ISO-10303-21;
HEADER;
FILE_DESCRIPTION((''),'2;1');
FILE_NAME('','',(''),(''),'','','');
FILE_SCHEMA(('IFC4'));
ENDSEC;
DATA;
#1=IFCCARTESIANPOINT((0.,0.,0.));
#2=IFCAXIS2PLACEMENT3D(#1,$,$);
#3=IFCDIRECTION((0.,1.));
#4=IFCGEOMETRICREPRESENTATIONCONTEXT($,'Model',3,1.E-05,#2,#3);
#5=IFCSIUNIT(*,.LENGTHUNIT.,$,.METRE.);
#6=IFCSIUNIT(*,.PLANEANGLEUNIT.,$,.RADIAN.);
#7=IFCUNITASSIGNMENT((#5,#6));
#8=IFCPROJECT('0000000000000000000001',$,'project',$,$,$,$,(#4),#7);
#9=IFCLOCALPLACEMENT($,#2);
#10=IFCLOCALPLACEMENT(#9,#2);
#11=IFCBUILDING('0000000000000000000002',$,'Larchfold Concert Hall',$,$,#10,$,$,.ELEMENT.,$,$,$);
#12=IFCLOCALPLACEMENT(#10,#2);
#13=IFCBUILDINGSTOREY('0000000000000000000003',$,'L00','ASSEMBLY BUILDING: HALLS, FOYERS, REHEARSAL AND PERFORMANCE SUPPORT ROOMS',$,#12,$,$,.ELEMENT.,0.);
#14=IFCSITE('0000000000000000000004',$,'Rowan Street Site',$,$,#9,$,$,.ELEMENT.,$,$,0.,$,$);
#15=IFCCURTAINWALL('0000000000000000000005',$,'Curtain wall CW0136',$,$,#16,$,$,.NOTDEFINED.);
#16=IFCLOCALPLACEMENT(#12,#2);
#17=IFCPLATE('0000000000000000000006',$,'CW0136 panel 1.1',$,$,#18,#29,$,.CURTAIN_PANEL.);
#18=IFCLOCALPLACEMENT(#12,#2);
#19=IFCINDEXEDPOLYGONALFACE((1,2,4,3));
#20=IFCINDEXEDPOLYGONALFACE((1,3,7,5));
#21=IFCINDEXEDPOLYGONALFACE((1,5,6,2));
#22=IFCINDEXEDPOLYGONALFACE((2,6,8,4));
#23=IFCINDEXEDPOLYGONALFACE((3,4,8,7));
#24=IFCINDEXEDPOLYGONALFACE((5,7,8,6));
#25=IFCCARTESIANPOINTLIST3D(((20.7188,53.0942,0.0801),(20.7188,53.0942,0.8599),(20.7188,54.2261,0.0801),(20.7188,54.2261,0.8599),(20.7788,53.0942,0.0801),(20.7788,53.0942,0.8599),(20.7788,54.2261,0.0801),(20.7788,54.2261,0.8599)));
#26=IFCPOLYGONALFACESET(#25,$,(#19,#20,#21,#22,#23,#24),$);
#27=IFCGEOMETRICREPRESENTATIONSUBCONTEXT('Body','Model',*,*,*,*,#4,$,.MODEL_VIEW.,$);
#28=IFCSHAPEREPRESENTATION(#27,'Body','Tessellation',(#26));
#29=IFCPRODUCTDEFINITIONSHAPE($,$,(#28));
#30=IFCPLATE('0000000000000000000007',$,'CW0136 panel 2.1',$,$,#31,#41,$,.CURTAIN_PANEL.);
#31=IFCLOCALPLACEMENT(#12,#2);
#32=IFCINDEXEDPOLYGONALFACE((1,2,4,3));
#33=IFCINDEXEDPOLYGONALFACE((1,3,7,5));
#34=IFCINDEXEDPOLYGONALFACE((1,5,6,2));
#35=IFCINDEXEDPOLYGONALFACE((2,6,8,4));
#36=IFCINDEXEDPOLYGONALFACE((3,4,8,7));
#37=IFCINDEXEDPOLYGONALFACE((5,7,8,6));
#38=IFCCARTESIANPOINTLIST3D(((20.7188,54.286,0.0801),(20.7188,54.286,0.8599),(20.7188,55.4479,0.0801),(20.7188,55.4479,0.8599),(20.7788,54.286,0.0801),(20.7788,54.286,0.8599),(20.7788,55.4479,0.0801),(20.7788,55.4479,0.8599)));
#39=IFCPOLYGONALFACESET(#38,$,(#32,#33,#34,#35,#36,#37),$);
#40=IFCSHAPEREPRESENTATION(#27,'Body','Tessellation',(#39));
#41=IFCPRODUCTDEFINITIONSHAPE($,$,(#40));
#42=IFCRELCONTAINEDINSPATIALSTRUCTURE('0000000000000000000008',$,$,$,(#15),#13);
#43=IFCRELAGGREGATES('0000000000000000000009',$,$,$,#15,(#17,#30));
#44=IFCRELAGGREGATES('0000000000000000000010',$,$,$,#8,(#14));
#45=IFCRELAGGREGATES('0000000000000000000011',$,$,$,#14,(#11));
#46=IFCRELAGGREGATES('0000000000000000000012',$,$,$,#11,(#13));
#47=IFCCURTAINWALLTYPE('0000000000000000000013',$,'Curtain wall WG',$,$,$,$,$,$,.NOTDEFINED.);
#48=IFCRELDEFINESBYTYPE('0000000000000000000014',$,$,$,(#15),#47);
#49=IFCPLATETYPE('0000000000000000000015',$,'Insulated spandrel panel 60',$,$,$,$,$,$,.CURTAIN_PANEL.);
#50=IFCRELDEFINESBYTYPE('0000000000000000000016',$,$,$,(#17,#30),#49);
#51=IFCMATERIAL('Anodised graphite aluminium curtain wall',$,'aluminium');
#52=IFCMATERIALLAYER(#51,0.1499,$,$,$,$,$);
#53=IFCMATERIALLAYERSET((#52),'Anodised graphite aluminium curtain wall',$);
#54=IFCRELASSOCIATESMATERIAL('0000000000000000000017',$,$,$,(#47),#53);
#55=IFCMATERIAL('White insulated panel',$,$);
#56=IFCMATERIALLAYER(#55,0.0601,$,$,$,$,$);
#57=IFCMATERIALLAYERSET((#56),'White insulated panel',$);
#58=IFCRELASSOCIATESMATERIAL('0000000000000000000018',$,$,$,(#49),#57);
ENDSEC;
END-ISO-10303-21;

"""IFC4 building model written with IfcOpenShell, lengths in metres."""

from ifc_helpers import new_model, si_unit, direction, frame, origin, origin_2d, place, context, subcontext, project, spatial, rectangle, extrude, material, layer, layer_set, type_object, element, aggregate, save


model = new_model("IFC4")

# Units and contexts
model_context = context("Model", 3, precision=1e-05, world=origin(), true_north=direction((0.0, 1.0)))
body_context = subcontext(model_context, "Body", "Model", "MODEL_VIEW")
ifc_project = project(units=[si_unit("LENGTHUNIT", "METRE"), si_unit("PLANEANGLEUNIT", "RADIAN")], contexts=[model_context])

# Site, building, storey
site_placement = place(None, origin())
site = spatial("IfcSite", under=ifc_project, at=site_placement, Name="Rowan Street Site", CompositionType="ELEMENT", RefElevation=0.0)
building_placement = place(site_placement, origin())
building = spatial("IfcBuilding", under=site, at=building_placement, Name="Larchfold Concert Hall", CompositionType="ELEMENT")
storey_placement = place(building_placement, origin())
storey = spatial("IfcBuildingStorey", under=building, at=storey_placement, Name="L00", Description="ASSEMBLY BUILDING: HALLS, FOYERS, REHEARSAL AND PERFORMANCE SUPPORT ROOMS", CompositionType="ELEMENT", Elevation=0.0)

# Curtain wall
ifc_material_1 = material(Name="Anodised graphite aluminium curtain wall", Category="aluminium")
ifc_layer_1 = layer(ifc_material_1, 0.1499)
ifc_layer_set_1 = layer_set([ifc_layer_1], Name="Anodised graphite aluminium curtain wall")
curtain_wall_type = type_object("IfcCurtainWallType", Name="Curtain wall WG", PredefinedType="NOTDEFINED", material=ifc_layer_set_1)
curtain_wall_1_placement = place(storey_placement, origin())
curtain_wall_1 = element("IfcCurtainWall", 1, at=curtain_wall_1_placement, inside=storey, type_object=curtain_wall_type, Name="Curtain wall CW0136", PredefinedType="NOTDEFINED")

# Plates
ifc_material_2 = material(Name="White insulated panel")
ifc_layer_2 = layer(ifc_material_2, 0.0601)
ifc_layer_set_2 = layer_set([ifc_layer_2], Name="White insulated panel")
plate_type_1 = type_object("IfcPlateType", Name="Insulated spandrel panel 60", PredefinedType="CURTAIN_PANEL", material=ifc_layer_set_2)
plate_1_placement = place(storey_placement, frame((20.7488, 53.6602, 0.0801), z_axis=(0.0, 0.0, 1.0), x_axis=(0.0, 1.0, 0.0)))
plate_1 = element("IfcPlate", 2, at=plate_1_placement, type_object=plate_type_1, Name="CW0136 panel 1.1", PredefinedType="CURTAIN_PANEL", context=body_context, shape_type="SweptSolid", body=[
    extrude(rectangle(XDim=1.1318, YDim=0.0601, at=origin_2d()), origin(), (0.0, 0.0, 1.0), 0.7798),
])
plate_2_placement = place(storey_placement, frame((20.7488, 54.8669, 0.0801), z_axis=(0.0, 0.0, 1.0), x_axis=(0.0, 1.0, 0.0)))
plate_2 = element("IfcPlate", 3, at=plate_2_placement, type_object=plate_type_1, Name="CW0136 panel 2.1", PredefinedType="CURTAIN_PANEL", context=body_context, shape_type="SweptSolid", body=[
    extrude(rectangle(XDim=1.1619, YDim=0.0601, at=origin_2d()), origin(), (0.0, 0.0, 1.0), 0.7798),
])
aggregate(curtain_wall_1, [plate_1, plate_2])

save(model, "model.ifc")
